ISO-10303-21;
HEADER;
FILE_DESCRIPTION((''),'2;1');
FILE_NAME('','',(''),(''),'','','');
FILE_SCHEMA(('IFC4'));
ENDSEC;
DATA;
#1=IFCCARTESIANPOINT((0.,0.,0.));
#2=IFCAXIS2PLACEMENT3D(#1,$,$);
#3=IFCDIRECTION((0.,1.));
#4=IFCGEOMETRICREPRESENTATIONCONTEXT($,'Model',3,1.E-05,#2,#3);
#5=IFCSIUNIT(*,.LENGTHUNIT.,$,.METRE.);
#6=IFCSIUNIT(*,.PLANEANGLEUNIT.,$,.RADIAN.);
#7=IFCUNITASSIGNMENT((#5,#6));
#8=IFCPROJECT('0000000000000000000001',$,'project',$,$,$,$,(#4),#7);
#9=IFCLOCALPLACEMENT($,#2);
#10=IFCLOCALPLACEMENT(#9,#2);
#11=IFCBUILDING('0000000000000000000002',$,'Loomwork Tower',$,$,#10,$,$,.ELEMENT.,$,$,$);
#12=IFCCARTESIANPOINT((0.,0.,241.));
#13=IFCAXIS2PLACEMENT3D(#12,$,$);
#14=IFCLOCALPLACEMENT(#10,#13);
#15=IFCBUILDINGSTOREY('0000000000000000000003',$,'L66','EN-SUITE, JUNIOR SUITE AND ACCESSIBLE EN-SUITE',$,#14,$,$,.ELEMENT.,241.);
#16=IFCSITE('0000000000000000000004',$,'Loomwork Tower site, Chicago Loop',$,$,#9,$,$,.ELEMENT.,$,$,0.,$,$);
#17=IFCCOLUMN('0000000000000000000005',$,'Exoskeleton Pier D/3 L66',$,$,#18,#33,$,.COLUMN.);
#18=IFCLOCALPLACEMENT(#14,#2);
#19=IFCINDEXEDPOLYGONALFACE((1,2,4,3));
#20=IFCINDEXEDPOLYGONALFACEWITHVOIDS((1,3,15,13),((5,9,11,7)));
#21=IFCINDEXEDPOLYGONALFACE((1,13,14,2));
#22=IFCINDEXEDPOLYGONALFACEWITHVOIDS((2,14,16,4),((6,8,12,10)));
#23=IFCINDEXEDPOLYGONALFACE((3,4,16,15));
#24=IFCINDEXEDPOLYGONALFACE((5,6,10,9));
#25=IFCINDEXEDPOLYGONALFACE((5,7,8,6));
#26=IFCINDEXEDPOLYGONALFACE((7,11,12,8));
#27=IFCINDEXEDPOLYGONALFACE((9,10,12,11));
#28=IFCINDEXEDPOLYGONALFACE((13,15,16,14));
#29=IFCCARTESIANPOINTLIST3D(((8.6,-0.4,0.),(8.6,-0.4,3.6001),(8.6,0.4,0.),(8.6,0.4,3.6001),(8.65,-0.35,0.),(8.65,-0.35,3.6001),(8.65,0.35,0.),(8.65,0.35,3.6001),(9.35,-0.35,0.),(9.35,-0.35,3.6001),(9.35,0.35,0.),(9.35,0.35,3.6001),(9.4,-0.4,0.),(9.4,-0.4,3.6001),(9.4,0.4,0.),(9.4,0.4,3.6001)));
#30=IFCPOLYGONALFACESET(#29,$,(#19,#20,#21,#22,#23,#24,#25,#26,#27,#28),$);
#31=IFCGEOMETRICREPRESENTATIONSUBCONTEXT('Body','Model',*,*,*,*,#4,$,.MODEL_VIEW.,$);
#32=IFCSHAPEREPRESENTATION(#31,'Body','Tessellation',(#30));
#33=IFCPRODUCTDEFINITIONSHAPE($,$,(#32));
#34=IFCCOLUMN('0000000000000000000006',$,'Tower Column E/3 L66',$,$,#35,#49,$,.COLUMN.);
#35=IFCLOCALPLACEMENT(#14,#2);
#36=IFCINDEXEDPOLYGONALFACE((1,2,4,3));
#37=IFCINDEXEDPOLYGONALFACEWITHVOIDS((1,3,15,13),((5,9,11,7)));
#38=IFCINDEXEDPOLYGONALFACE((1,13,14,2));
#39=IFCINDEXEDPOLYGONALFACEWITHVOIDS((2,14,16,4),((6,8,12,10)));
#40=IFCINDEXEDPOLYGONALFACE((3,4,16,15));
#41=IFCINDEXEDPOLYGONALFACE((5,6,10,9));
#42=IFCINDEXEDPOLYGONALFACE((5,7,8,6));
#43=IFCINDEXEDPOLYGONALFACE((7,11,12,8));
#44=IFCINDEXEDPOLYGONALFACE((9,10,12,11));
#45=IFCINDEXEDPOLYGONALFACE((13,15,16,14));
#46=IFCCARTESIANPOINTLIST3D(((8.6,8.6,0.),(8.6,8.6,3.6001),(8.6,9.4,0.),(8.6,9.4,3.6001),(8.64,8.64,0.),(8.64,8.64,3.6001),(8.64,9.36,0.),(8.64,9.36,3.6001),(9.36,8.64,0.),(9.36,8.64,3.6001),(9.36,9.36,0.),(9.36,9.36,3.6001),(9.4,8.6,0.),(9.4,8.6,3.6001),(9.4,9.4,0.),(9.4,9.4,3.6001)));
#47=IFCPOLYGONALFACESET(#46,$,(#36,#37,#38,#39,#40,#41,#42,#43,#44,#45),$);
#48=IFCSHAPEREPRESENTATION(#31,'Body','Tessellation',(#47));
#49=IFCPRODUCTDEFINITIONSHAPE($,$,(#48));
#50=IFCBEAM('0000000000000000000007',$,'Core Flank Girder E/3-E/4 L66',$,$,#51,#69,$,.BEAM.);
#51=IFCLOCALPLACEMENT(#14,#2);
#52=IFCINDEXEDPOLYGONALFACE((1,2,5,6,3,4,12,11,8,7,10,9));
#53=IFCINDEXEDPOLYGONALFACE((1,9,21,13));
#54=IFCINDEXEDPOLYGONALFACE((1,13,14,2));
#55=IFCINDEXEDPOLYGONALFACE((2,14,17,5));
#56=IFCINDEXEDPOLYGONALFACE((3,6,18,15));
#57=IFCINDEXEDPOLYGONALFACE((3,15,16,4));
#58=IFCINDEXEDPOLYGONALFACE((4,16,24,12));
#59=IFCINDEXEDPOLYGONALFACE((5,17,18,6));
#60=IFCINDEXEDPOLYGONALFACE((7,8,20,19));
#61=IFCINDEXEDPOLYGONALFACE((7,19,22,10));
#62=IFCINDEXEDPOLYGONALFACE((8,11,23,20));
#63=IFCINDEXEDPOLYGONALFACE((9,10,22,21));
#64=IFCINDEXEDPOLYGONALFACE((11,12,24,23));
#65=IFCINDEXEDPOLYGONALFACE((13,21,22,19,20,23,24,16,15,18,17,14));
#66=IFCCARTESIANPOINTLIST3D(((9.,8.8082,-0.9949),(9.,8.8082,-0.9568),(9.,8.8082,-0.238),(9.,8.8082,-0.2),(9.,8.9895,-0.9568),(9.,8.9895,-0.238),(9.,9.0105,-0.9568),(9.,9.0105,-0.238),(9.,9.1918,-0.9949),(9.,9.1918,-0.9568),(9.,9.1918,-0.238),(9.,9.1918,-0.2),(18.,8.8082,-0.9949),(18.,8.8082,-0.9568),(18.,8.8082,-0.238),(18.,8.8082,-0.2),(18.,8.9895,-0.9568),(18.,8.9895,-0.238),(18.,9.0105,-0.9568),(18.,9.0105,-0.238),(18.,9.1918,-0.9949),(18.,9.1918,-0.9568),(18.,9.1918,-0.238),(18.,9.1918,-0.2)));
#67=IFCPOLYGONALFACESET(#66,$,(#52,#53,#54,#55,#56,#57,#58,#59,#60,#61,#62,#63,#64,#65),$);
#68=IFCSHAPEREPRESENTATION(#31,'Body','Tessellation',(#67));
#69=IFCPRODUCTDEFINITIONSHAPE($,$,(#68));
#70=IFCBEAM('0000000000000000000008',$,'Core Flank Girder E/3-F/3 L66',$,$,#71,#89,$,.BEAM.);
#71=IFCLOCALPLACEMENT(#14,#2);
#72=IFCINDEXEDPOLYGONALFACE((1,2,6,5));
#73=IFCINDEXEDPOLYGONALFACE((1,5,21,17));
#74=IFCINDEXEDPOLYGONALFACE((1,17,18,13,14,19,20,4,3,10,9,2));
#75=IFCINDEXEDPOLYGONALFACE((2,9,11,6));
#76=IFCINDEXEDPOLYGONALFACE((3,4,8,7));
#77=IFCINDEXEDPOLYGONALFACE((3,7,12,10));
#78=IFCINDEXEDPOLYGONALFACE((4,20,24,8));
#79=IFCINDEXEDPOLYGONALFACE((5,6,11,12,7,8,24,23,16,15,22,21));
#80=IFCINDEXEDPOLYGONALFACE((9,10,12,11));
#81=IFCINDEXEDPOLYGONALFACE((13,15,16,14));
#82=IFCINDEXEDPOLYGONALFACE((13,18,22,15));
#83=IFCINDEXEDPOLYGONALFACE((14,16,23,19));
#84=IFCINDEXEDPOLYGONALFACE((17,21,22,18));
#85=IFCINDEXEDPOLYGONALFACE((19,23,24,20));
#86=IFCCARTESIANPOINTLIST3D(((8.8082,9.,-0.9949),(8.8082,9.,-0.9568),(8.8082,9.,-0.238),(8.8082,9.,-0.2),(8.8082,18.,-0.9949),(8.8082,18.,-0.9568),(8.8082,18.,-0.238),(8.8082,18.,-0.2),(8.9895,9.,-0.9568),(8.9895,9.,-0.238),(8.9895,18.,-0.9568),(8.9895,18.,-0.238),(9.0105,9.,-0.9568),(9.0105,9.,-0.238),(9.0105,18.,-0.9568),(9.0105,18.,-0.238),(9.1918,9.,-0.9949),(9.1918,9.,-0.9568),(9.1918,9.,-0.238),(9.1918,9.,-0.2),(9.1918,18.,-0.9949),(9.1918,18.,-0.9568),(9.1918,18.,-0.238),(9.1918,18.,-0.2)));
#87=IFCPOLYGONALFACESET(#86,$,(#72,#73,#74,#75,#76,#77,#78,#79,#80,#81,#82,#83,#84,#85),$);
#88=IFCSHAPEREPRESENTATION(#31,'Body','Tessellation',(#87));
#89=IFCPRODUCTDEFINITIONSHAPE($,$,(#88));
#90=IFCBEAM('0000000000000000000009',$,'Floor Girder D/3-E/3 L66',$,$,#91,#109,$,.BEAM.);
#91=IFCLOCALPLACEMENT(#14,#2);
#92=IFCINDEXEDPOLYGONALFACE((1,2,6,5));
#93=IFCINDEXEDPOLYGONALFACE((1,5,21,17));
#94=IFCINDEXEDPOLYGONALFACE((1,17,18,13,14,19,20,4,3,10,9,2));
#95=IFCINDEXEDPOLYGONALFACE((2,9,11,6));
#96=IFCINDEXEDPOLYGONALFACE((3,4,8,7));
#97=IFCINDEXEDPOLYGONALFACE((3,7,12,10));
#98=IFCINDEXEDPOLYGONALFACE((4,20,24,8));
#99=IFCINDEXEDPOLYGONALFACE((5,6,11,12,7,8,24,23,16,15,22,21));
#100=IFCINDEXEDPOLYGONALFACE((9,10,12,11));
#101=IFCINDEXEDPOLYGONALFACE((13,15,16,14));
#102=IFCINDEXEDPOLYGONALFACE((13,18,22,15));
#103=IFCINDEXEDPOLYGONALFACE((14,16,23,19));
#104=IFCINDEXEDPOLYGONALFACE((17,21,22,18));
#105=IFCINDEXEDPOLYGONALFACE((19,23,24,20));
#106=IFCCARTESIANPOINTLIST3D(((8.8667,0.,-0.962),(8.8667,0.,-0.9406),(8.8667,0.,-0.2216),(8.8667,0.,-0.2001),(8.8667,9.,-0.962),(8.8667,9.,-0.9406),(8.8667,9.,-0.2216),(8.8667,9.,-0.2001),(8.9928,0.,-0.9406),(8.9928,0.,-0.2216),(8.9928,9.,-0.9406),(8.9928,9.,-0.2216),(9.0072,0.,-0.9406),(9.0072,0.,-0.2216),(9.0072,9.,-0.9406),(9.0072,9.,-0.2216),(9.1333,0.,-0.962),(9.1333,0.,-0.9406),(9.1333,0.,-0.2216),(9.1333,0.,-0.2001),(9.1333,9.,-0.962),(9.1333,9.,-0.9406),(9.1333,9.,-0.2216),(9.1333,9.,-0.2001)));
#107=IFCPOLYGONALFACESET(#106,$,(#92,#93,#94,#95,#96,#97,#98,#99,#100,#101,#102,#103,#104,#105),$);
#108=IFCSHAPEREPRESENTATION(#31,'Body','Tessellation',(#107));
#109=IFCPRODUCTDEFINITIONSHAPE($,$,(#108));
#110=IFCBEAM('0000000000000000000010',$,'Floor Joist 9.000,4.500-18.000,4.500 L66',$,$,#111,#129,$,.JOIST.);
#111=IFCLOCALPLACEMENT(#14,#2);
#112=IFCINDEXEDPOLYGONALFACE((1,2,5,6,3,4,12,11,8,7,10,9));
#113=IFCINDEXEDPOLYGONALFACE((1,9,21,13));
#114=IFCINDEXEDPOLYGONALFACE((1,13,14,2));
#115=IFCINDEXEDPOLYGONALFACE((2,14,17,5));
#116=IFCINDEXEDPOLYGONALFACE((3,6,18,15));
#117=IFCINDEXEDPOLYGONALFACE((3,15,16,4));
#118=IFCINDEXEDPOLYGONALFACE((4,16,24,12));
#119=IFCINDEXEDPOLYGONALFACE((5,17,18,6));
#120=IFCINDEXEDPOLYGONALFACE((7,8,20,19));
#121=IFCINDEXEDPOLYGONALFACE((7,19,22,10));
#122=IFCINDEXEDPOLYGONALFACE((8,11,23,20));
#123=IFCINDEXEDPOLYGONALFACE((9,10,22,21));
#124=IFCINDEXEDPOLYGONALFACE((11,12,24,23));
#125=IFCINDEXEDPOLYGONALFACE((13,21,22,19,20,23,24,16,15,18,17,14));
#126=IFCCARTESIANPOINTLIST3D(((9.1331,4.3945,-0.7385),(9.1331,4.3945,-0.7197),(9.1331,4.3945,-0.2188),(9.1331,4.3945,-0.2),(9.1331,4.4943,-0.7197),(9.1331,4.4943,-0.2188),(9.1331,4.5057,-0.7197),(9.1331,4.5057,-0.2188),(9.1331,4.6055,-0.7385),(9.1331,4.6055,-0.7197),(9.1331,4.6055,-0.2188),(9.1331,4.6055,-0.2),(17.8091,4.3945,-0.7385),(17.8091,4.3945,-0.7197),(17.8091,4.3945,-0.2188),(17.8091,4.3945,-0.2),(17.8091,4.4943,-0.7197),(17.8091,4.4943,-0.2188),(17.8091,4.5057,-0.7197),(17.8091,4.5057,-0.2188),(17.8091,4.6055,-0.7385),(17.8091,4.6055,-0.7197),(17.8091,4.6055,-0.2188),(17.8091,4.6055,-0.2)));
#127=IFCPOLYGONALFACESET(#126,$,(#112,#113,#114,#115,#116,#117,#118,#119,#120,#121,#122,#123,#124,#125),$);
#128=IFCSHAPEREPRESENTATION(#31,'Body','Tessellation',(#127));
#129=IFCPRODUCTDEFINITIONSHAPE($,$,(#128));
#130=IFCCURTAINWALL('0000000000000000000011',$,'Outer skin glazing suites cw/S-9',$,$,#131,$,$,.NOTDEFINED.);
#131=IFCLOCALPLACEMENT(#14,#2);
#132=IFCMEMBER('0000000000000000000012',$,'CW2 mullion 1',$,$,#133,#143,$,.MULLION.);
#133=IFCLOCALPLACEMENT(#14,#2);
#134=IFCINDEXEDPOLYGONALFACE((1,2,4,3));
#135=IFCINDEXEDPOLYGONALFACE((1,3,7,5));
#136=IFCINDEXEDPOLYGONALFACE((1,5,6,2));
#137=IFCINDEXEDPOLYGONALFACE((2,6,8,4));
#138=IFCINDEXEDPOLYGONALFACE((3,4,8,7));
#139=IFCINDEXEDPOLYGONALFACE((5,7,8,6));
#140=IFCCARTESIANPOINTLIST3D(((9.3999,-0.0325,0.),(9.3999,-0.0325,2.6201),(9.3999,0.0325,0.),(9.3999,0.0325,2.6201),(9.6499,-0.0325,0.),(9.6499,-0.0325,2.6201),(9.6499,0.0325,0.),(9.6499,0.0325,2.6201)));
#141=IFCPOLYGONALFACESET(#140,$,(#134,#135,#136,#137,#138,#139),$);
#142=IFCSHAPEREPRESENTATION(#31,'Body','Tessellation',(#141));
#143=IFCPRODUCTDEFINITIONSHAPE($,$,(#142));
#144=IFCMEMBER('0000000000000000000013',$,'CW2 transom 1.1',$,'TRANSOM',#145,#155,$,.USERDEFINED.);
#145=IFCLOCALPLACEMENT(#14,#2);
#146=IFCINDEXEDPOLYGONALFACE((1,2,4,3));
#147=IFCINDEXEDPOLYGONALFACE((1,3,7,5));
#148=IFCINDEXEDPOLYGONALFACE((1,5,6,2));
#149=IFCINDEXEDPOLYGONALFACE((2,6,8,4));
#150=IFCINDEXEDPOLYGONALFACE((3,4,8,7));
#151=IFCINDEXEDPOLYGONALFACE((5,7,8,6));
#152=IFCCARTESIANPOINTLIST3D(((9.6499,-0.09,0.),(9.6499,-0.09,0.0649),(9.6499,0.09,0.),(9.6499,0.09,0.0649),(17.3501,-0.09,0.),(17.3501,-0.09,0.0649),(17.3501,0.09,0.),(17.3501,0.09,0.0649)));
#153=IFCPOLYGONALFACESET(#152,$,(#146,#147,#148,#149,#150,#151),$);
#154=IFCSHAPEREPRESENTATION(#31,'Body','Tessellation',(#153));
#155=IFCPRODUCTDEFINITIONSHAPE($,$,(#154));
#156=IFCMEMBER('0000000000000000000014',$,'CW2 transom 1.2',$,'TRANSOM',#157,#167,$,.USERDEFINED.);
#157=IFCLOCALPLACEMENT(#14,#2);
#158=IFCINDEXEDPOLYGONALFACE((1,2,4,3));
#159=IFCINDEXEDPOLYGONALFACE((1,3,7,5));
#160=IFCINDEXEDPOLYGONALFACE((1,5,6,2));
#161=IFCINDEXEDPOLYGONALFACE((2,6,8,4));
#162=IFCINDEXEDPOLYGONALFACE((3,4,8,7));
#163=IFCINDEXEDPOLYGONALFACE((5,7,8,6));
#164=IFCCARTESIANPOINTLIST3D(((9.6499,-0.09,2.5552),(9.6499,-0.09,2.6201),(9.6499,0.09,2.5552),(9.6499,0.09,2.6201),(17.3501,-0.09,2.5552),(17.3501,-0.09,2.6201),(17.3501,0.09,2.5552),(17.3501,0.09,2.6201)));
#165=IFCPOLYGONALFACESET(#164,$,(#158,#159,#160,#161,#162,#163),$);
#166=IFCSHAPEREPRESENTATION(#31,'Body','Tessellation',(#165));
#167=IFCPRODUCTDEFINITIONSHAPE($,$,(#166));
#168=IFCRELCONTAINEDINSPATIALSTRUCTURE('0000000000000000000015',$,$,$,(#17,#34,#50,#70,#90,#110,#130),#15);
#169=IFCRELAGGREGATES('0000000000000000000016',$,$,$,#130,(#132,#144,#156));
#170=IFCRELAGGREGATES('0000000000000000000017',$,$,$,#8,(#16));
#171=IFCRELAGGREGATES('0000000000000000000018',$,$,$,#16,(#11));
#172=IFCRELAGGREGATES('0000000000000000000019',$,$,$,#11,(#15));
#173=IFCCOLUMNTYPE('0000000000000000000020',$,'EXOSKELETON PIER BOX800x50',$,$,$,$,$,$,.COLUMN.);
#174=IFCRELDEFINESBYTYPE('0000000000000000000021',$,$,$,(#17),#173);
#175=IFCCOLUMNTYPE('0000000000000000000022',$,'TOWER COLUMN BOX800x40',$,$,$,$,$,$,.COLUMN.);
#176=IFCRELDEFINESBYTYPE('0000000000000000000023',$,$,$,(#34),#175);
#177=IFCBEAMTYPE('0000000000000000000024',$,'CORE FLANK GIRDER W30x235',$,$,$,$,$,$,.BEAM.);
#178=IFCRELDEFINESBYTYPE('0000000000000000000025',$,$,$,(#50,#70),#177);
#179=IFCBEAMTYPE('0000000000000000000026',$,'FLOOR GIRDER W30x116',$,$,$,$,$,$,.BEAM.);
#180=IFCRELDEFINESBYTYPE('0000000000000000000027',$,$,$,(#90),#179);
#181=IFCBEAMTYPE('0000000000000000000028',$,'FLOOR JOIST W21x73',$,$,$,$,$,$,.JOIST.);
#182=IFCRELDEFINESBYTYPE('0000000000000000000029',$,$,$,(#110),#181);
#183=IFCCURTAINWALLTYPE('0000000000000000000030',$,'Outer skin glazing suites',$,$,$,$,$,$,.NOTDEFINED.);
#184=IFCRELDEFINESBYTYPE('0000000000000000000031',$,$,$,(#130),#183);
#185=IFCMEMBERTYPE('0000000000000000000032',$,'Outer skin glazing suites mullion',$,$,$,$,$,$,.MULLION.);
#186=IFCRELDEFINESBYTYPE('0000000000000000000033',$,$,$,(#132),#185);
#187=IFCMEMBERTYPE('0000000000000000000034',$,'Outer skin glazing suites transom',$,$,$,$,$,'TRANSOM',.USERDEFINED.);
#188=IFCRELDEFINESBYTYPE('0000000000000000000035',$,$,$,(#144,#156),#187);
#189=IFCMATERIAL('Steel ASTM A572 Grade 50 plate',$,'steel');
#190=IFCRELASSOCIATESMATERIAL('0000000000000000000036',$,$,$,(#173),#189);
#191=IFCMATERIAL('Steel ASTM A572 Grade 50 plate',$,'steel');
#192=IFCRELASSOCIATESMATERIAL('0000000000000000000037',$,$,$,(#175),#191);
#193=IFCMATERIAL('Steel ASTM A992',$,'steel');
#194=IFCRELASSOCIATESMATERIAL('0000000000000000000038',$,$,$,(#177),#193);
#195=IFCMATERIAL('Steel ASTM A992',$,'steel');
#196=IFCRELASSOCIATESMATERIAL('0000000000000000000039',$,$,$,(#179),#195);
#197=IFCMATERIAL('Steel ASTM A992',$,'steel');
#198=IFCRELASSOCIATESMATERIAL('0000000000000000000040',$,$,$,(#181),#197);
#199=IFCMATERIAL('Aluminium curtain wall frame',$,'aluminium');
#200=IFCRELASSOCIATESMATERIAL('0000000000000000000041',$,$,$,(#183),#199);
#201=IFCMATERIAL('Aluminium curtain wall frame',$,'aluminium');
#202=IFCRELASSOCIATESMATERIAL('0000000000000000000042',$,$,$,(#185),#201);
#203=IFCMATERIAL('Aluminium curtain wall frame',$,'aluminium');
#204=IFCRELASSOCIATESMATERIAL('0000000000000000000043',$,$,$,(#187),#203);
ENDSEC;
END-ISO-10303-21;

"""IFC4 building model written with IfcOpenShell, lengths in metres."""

from ifc_helpers import new_model, si_unit, direction, frame, origin, origin_2d, place, context, subcontext, project, spatial, rectangle, hollow_rectangle, i_section, extrude, material, material_profile, profile_set, type_object, element, aggregate, save


model = new_model("IFC4")

# Units and contexts
model_context = context("Model", 3, precision=1e-05, world=origin(), true_north=direction((0.0, 1.0)))
body_context = subcontext(model_context, "Body", "Model", "MODEL_VIEW")
ifc_project = project(units=[si_unit("LENGTHUNIT", "METRE"), si_unit("PLANEANGLEUNIT", "RADIAN")], contexts=[model_context])

# Site, building, storey
site_placement = place(None, origin())
site = spatial("IfcSite", under=ifc_project, at=site_placement, Name="Loomwork Tower site, Chicago Loop", CompositionType="ELEMENT", RefElevation=0.0)
building_placement = place(site_placement, origin())
building = spatial("IfcBuilding", under=site, at=building_placement, Name="Loomwork Tower", CompositionType="ELEMENT")
storey_placement = place(building_placement, frame((0.0, 0.0, 241.0)))
storey = spatial("IfcBuildingStorey", under=building, at=storey_placement, Name="L66", Description="EN-SUITE, JUNIOR SUITE AND ACCESSIBLE EN-SUITE", CompositionType="ELEMENT", Elevation=241.0)

# Columns
ifc_material_1 = material(Name="Steel ASTM A572 Grade 50 plate", Category="steel")
ifc_material_profile_1 = material_profile(ifc_material_1, hollow_rectangle(XDim=0.8, YDim=0.8, WallThickness=0.05, at=origin_2d()), Name="BOX800x50")
ifc_profile_set_1 = profile_set([ifc_material_profile_1], Name="Steel ASTM A572 Grade 50 plate")
column_type_1 = type_object("IfcColumnType", Name="EXOSKELETON PIER BOX800x50", PredefinedType="COLUMN", material=ifc_profile_set_1)
column_1_placement = place(storey_placement, frame((9.0, 0.0, 0.0), z_axis=(0.0, 0.0, 1.0), x_axis=(1.0, 0.0, 0.0)))
element("IfcColumn", 1, at=column_1_placement, inside=storey, type_object=column_type_1, Name="Exoskeleton Pier D/3 L66", PredefinedType="COLUMN", context=body_context, shape_type="SweptSolid", body=[
    extrude(hollow_rectangle(XDim=0.8, YDim=0.8, WallThickness=0.05, at=origin_2d()), origin(), (0.0, 0.0, 1.0), 3.6001),
])
ifc_material_2 = material(Name="Steel ASTM A572 Grade 50 plate", Category="steel")
ifc_material_profile_2 = material_profile(ifc_material_2, hollow_rectangle(XDim=0.8, YDim=0.8, WallThickness=0.04, at=origin_2d()), Name="BOX800x40")
ifc_profile_set_2 = profile_set([ifc_material_profile_2], Name="Steel ASTM A572 Grade 50 plate")
column_type_2 = type_object("IfcColumnType", Name="TOWER COLUMN BOX800x40", PredefinedType="COLUMN", material=ifc_profile_set_2)
column_2_placement = place(storey_placement, frame((9.0, 9.0, 0.0), z_axis=(0.0, 0.0, 1.0), x_axis=(1.0, 0.0, 0.0)))
element("IfcColumn", 2, at=column_2_placement, inside=storey, type_object=column_type_2, Name="Tower Column E/3 L66", PredefinedType="COLUMN", context=body_context, shape_type="SweptSolid", body=[
    extrude(hollow_rectangle(XDim=0.8, YDim=0.8, WallThickness=0.04, at=origin_2d()), origin(), (0.0, 0.0, 1.0), 3.6001),
])

# Beams
ifc_material_3 = material(Name="Steel ASTM A992", Category="steel")
ifc_material_profile_3 = material_profile(ifc_material_3, i_section(OverallWidth=0.3835, OverallDepth=0.7949, WebThickness=0.021, FlangeThickness=0.0381, at=origin_2d()), Name="W30x235")
ifc_profile_set_3 = profile_set([ifc_material_profile_3], Name="Steel ASTM A992")
beam_type_1 = type_object("IfcBeamType", Name="CORE FLANK GIRDER W30x235", PredefinedType="BEAM", material=ifc_profile_set_3)
for number, where, z_axis, x_axis, name in (
    (3, (9.0, 9.0, -0.5974), (1.0, 0.0, 0.0), (0.0, 1.0, 0.0), "Core Flank Girder E/3-E/4 L66"),
    (4, (9.0, 9.0, -0.5974), (0.0, 1.0, 0.0), (-1.0, 0.0, 0.0), "Core Flank Girder E/3-F/3 L66"),
):
    element("IfcBeam", number, at=place(storey_placement, frame(where, z_axis=z_axis, x_axis=x_axis)), inside=storey, type_object=beam_type_1, Name=name, PredefinedType="BEAM", context=body_context, shape_type="SweptSolid", body=[
        extrude(i_section(OverallWidth=0.3835, OverallDepth=0.7949, WebThickness=0.021, FlangeThickness=0.0381, at=origin_2d()), origin(), (0.0, 0.0, 1.0), 9.0),
    ])
ifc_material_4 = material(Name="Steel ASTM A992", Category="steel")
ifc_material_profile_4 = material_profile(ifc_material_4, i_section(OverallWidth=0.2666, OverallDepth=0.762, WebThickness=0.0144, FlangeThickness=0.0215, at=origin_2d()), Name="W30x116")
ifc_profile_set_4 = profile_set([ifc_material_profile_4], Name="Steel ASTM A992")
beam_type_2 = type_object("IfcBeamType", Name="FLOOR GIRDER W30x116", PredefinedType="BEAM", material=ifc_profile_set_4)
beam_1_placement = place(storey_placement, frame((9.0, 0.0, -0.5811), z_axis=(0.0, 1.0, 0.0), x_axis=(-1.0, 0.0, 0.0)))
element("IfcBeam", 5, at=beam_1_placement, inside=storey, type_object=beam_type_2, Name="Floor Girder D/3-E/3 L66", PredefinedType="BEAM", context=body_context, shape_type="SweptSolid", body=[
    extrude(i_section(OverallWidth=0.2666, OverallDepth=0.762, WebThickness=0.0144, FlangeThickness=0.0215, at=origin_2d()), origin(), (0.0, 0.0, 1.0), 9.0),
])
ifc_material_5 = material(Name="Steel ASTM A992", Category="steel")
ifc_material_profile_5 = material_profile(ifc_material_5, i_section(OverallWidth=0.2109, OverallDepth=0.5386, WebThickness=0.0115, FlangeThickness=0.0188, at=origin_2d()), Name="W21x73")
ifc_profile_set_5 = profile_set([ifc_material_profile_5], Name="Steel ASTM A992")
beam_type_3 = type_object("IfcBeamType", Name="FLOOR JOIST W21x73", PredefinedType="JOIST", material=ifc_profile_set_5)
beam_2_placement = place(storey_placement, frame((9.1331, 4.5, -0.4692), z_axis=(1.0, 0.0, 0.0), x_axis=(0.0, 1.0, 0.0)))
element("IfcBeam", 6, at=beam_2_placement, inside=storey, type_object=beam_type_3, Name="Floor Joist 9.000,4.500-18.000,4.500 L66", PredefinedType="JOIST", context=body_context, shape_type="SweptSolid", body=[
    extrude(i_section(OverallWidth=0.2109, OverallDepth=0.5386, WebThickness=0.0115, FlangeThickness=0.0188, at=origin_2d()), origin(), (0.0, 0.0, 1.0), 8.676),
])

# Curtain wall, members
ifc_material_6 = material(Name="Aluminium curtain wall frame", Category="aluminium")
curtain_wall_type = type_object("IfcCurtainWallType", Name="Outer skin glazing suites", PredefinedType="NOTDEFINED", material=ifc_material_6)
curtain_wall_placement = place(storey_placement, origin())
curtain_wall = element("IfcCurtainWall", 7, at=curtain_wall_placement, inside=storey, type_object=curtain_wall_type, Name="Outer skin glazing suites cw/S-9", PredefinedType="NOTDEFINED")
ifc_material_7 = material(Name="Aluminium curtain wall frame", Category="aluminium")
ifc_material_profile_6 = material_profile(ifc_material_7, rectangle(XDim=0.0649, YDim=0.25, at=origin_2d()), Name="AL 65x250")
ifc_profile_set_6 = profile_set([ifc_material_profile_6], Name="Aluminium curtain wall frame")
member_type_1 = type_object("IfcMemberType", Name="Outer skin glazing suites mullion", PredefinedType="MULLION", material=ifc_profile_set_6)
member_1_placement = place(storey_placement, frame((9.5249, 0.0, 0.0), z_axis=(0.0, 0.0, 1.0), x_axis=(0.0, 1.0, 0.0)))
member_1 = element("IfcMember", 8, at=member_1_placement, type_object=member_type_1, Name="CW2 mullion 1", PredefinedType="MULLION", context=body_context, shape_type="SweptSolid", body=[
    extrude(rectangle(XDim=0.0649, YDim=0.25, at=origin_2d()), origin(), (0.0, 0.0, 1.0), 2.6201),
])
ifc_material_8 = material(Name="Aluminium curtain wall frame", Category="aluminium")
ifc_material_profile_7 = material_profile(ifc_material_8, rectangle(XDim=0.1799, YDim=0.0649, at=origin_2d()), Name="AL 65x180")
ifc_profile_set_7 = profile_set([ifc_material_profile_7], Name="Aluminium curtain wall frame")
member_type_2 = type_object("IfcMemberType", Name="Outer skin glazing suites transom", ElementType="TRANSOM", PredefinedType="USERDEFINED", material=ifc_profile_set_7)
member_2_placement = place(storey_placement, frame((9.6499, 0.0, 0.0325), z_axis=(1.0, 0.0, 0.0), x_axis=(0.0, 1.0, 0.0)))
member_2 = element("IfcMember", 9, at=member_2_placement, type_object=member_type_2, Name="CW2 transom 1.1", ObjectType="TRANSOM", PredefinedType="USERDEFINED", context=body_context, shape_type="SweptSolid", body=[
    extrude(rectangle(XDim=0.1799, YDim=0.0649, at=origin_2d()), origin(), (0.0, 0.0, 1.0), 7.7002),
])
member_3_placement = place(storey_placement, frame((9.6499, 0.0, 2.5876), z_axis=(1.0, 0.0, 0.0), x_axis=(0.0, 1.0, 0.0)))
member_3 = element("IfcMember", 10, at=member_3_placement, type_object=member_type_2, Name="CW2 transom 1.2", ObjectType="TRANSOM", PredefinedType="USERDEFINED", context=body_context, shape_type="SweptSolid", body=[
    extrude(rectangle(XDim=0.1799, YDim=0.0649, at=origin_2d()), origin(), (0.0, 0.0, 1.0), 7.7002),
])

aggregate(curtain_wall, [member_1, member_2, member_3])

save(model, "model.ifc")
